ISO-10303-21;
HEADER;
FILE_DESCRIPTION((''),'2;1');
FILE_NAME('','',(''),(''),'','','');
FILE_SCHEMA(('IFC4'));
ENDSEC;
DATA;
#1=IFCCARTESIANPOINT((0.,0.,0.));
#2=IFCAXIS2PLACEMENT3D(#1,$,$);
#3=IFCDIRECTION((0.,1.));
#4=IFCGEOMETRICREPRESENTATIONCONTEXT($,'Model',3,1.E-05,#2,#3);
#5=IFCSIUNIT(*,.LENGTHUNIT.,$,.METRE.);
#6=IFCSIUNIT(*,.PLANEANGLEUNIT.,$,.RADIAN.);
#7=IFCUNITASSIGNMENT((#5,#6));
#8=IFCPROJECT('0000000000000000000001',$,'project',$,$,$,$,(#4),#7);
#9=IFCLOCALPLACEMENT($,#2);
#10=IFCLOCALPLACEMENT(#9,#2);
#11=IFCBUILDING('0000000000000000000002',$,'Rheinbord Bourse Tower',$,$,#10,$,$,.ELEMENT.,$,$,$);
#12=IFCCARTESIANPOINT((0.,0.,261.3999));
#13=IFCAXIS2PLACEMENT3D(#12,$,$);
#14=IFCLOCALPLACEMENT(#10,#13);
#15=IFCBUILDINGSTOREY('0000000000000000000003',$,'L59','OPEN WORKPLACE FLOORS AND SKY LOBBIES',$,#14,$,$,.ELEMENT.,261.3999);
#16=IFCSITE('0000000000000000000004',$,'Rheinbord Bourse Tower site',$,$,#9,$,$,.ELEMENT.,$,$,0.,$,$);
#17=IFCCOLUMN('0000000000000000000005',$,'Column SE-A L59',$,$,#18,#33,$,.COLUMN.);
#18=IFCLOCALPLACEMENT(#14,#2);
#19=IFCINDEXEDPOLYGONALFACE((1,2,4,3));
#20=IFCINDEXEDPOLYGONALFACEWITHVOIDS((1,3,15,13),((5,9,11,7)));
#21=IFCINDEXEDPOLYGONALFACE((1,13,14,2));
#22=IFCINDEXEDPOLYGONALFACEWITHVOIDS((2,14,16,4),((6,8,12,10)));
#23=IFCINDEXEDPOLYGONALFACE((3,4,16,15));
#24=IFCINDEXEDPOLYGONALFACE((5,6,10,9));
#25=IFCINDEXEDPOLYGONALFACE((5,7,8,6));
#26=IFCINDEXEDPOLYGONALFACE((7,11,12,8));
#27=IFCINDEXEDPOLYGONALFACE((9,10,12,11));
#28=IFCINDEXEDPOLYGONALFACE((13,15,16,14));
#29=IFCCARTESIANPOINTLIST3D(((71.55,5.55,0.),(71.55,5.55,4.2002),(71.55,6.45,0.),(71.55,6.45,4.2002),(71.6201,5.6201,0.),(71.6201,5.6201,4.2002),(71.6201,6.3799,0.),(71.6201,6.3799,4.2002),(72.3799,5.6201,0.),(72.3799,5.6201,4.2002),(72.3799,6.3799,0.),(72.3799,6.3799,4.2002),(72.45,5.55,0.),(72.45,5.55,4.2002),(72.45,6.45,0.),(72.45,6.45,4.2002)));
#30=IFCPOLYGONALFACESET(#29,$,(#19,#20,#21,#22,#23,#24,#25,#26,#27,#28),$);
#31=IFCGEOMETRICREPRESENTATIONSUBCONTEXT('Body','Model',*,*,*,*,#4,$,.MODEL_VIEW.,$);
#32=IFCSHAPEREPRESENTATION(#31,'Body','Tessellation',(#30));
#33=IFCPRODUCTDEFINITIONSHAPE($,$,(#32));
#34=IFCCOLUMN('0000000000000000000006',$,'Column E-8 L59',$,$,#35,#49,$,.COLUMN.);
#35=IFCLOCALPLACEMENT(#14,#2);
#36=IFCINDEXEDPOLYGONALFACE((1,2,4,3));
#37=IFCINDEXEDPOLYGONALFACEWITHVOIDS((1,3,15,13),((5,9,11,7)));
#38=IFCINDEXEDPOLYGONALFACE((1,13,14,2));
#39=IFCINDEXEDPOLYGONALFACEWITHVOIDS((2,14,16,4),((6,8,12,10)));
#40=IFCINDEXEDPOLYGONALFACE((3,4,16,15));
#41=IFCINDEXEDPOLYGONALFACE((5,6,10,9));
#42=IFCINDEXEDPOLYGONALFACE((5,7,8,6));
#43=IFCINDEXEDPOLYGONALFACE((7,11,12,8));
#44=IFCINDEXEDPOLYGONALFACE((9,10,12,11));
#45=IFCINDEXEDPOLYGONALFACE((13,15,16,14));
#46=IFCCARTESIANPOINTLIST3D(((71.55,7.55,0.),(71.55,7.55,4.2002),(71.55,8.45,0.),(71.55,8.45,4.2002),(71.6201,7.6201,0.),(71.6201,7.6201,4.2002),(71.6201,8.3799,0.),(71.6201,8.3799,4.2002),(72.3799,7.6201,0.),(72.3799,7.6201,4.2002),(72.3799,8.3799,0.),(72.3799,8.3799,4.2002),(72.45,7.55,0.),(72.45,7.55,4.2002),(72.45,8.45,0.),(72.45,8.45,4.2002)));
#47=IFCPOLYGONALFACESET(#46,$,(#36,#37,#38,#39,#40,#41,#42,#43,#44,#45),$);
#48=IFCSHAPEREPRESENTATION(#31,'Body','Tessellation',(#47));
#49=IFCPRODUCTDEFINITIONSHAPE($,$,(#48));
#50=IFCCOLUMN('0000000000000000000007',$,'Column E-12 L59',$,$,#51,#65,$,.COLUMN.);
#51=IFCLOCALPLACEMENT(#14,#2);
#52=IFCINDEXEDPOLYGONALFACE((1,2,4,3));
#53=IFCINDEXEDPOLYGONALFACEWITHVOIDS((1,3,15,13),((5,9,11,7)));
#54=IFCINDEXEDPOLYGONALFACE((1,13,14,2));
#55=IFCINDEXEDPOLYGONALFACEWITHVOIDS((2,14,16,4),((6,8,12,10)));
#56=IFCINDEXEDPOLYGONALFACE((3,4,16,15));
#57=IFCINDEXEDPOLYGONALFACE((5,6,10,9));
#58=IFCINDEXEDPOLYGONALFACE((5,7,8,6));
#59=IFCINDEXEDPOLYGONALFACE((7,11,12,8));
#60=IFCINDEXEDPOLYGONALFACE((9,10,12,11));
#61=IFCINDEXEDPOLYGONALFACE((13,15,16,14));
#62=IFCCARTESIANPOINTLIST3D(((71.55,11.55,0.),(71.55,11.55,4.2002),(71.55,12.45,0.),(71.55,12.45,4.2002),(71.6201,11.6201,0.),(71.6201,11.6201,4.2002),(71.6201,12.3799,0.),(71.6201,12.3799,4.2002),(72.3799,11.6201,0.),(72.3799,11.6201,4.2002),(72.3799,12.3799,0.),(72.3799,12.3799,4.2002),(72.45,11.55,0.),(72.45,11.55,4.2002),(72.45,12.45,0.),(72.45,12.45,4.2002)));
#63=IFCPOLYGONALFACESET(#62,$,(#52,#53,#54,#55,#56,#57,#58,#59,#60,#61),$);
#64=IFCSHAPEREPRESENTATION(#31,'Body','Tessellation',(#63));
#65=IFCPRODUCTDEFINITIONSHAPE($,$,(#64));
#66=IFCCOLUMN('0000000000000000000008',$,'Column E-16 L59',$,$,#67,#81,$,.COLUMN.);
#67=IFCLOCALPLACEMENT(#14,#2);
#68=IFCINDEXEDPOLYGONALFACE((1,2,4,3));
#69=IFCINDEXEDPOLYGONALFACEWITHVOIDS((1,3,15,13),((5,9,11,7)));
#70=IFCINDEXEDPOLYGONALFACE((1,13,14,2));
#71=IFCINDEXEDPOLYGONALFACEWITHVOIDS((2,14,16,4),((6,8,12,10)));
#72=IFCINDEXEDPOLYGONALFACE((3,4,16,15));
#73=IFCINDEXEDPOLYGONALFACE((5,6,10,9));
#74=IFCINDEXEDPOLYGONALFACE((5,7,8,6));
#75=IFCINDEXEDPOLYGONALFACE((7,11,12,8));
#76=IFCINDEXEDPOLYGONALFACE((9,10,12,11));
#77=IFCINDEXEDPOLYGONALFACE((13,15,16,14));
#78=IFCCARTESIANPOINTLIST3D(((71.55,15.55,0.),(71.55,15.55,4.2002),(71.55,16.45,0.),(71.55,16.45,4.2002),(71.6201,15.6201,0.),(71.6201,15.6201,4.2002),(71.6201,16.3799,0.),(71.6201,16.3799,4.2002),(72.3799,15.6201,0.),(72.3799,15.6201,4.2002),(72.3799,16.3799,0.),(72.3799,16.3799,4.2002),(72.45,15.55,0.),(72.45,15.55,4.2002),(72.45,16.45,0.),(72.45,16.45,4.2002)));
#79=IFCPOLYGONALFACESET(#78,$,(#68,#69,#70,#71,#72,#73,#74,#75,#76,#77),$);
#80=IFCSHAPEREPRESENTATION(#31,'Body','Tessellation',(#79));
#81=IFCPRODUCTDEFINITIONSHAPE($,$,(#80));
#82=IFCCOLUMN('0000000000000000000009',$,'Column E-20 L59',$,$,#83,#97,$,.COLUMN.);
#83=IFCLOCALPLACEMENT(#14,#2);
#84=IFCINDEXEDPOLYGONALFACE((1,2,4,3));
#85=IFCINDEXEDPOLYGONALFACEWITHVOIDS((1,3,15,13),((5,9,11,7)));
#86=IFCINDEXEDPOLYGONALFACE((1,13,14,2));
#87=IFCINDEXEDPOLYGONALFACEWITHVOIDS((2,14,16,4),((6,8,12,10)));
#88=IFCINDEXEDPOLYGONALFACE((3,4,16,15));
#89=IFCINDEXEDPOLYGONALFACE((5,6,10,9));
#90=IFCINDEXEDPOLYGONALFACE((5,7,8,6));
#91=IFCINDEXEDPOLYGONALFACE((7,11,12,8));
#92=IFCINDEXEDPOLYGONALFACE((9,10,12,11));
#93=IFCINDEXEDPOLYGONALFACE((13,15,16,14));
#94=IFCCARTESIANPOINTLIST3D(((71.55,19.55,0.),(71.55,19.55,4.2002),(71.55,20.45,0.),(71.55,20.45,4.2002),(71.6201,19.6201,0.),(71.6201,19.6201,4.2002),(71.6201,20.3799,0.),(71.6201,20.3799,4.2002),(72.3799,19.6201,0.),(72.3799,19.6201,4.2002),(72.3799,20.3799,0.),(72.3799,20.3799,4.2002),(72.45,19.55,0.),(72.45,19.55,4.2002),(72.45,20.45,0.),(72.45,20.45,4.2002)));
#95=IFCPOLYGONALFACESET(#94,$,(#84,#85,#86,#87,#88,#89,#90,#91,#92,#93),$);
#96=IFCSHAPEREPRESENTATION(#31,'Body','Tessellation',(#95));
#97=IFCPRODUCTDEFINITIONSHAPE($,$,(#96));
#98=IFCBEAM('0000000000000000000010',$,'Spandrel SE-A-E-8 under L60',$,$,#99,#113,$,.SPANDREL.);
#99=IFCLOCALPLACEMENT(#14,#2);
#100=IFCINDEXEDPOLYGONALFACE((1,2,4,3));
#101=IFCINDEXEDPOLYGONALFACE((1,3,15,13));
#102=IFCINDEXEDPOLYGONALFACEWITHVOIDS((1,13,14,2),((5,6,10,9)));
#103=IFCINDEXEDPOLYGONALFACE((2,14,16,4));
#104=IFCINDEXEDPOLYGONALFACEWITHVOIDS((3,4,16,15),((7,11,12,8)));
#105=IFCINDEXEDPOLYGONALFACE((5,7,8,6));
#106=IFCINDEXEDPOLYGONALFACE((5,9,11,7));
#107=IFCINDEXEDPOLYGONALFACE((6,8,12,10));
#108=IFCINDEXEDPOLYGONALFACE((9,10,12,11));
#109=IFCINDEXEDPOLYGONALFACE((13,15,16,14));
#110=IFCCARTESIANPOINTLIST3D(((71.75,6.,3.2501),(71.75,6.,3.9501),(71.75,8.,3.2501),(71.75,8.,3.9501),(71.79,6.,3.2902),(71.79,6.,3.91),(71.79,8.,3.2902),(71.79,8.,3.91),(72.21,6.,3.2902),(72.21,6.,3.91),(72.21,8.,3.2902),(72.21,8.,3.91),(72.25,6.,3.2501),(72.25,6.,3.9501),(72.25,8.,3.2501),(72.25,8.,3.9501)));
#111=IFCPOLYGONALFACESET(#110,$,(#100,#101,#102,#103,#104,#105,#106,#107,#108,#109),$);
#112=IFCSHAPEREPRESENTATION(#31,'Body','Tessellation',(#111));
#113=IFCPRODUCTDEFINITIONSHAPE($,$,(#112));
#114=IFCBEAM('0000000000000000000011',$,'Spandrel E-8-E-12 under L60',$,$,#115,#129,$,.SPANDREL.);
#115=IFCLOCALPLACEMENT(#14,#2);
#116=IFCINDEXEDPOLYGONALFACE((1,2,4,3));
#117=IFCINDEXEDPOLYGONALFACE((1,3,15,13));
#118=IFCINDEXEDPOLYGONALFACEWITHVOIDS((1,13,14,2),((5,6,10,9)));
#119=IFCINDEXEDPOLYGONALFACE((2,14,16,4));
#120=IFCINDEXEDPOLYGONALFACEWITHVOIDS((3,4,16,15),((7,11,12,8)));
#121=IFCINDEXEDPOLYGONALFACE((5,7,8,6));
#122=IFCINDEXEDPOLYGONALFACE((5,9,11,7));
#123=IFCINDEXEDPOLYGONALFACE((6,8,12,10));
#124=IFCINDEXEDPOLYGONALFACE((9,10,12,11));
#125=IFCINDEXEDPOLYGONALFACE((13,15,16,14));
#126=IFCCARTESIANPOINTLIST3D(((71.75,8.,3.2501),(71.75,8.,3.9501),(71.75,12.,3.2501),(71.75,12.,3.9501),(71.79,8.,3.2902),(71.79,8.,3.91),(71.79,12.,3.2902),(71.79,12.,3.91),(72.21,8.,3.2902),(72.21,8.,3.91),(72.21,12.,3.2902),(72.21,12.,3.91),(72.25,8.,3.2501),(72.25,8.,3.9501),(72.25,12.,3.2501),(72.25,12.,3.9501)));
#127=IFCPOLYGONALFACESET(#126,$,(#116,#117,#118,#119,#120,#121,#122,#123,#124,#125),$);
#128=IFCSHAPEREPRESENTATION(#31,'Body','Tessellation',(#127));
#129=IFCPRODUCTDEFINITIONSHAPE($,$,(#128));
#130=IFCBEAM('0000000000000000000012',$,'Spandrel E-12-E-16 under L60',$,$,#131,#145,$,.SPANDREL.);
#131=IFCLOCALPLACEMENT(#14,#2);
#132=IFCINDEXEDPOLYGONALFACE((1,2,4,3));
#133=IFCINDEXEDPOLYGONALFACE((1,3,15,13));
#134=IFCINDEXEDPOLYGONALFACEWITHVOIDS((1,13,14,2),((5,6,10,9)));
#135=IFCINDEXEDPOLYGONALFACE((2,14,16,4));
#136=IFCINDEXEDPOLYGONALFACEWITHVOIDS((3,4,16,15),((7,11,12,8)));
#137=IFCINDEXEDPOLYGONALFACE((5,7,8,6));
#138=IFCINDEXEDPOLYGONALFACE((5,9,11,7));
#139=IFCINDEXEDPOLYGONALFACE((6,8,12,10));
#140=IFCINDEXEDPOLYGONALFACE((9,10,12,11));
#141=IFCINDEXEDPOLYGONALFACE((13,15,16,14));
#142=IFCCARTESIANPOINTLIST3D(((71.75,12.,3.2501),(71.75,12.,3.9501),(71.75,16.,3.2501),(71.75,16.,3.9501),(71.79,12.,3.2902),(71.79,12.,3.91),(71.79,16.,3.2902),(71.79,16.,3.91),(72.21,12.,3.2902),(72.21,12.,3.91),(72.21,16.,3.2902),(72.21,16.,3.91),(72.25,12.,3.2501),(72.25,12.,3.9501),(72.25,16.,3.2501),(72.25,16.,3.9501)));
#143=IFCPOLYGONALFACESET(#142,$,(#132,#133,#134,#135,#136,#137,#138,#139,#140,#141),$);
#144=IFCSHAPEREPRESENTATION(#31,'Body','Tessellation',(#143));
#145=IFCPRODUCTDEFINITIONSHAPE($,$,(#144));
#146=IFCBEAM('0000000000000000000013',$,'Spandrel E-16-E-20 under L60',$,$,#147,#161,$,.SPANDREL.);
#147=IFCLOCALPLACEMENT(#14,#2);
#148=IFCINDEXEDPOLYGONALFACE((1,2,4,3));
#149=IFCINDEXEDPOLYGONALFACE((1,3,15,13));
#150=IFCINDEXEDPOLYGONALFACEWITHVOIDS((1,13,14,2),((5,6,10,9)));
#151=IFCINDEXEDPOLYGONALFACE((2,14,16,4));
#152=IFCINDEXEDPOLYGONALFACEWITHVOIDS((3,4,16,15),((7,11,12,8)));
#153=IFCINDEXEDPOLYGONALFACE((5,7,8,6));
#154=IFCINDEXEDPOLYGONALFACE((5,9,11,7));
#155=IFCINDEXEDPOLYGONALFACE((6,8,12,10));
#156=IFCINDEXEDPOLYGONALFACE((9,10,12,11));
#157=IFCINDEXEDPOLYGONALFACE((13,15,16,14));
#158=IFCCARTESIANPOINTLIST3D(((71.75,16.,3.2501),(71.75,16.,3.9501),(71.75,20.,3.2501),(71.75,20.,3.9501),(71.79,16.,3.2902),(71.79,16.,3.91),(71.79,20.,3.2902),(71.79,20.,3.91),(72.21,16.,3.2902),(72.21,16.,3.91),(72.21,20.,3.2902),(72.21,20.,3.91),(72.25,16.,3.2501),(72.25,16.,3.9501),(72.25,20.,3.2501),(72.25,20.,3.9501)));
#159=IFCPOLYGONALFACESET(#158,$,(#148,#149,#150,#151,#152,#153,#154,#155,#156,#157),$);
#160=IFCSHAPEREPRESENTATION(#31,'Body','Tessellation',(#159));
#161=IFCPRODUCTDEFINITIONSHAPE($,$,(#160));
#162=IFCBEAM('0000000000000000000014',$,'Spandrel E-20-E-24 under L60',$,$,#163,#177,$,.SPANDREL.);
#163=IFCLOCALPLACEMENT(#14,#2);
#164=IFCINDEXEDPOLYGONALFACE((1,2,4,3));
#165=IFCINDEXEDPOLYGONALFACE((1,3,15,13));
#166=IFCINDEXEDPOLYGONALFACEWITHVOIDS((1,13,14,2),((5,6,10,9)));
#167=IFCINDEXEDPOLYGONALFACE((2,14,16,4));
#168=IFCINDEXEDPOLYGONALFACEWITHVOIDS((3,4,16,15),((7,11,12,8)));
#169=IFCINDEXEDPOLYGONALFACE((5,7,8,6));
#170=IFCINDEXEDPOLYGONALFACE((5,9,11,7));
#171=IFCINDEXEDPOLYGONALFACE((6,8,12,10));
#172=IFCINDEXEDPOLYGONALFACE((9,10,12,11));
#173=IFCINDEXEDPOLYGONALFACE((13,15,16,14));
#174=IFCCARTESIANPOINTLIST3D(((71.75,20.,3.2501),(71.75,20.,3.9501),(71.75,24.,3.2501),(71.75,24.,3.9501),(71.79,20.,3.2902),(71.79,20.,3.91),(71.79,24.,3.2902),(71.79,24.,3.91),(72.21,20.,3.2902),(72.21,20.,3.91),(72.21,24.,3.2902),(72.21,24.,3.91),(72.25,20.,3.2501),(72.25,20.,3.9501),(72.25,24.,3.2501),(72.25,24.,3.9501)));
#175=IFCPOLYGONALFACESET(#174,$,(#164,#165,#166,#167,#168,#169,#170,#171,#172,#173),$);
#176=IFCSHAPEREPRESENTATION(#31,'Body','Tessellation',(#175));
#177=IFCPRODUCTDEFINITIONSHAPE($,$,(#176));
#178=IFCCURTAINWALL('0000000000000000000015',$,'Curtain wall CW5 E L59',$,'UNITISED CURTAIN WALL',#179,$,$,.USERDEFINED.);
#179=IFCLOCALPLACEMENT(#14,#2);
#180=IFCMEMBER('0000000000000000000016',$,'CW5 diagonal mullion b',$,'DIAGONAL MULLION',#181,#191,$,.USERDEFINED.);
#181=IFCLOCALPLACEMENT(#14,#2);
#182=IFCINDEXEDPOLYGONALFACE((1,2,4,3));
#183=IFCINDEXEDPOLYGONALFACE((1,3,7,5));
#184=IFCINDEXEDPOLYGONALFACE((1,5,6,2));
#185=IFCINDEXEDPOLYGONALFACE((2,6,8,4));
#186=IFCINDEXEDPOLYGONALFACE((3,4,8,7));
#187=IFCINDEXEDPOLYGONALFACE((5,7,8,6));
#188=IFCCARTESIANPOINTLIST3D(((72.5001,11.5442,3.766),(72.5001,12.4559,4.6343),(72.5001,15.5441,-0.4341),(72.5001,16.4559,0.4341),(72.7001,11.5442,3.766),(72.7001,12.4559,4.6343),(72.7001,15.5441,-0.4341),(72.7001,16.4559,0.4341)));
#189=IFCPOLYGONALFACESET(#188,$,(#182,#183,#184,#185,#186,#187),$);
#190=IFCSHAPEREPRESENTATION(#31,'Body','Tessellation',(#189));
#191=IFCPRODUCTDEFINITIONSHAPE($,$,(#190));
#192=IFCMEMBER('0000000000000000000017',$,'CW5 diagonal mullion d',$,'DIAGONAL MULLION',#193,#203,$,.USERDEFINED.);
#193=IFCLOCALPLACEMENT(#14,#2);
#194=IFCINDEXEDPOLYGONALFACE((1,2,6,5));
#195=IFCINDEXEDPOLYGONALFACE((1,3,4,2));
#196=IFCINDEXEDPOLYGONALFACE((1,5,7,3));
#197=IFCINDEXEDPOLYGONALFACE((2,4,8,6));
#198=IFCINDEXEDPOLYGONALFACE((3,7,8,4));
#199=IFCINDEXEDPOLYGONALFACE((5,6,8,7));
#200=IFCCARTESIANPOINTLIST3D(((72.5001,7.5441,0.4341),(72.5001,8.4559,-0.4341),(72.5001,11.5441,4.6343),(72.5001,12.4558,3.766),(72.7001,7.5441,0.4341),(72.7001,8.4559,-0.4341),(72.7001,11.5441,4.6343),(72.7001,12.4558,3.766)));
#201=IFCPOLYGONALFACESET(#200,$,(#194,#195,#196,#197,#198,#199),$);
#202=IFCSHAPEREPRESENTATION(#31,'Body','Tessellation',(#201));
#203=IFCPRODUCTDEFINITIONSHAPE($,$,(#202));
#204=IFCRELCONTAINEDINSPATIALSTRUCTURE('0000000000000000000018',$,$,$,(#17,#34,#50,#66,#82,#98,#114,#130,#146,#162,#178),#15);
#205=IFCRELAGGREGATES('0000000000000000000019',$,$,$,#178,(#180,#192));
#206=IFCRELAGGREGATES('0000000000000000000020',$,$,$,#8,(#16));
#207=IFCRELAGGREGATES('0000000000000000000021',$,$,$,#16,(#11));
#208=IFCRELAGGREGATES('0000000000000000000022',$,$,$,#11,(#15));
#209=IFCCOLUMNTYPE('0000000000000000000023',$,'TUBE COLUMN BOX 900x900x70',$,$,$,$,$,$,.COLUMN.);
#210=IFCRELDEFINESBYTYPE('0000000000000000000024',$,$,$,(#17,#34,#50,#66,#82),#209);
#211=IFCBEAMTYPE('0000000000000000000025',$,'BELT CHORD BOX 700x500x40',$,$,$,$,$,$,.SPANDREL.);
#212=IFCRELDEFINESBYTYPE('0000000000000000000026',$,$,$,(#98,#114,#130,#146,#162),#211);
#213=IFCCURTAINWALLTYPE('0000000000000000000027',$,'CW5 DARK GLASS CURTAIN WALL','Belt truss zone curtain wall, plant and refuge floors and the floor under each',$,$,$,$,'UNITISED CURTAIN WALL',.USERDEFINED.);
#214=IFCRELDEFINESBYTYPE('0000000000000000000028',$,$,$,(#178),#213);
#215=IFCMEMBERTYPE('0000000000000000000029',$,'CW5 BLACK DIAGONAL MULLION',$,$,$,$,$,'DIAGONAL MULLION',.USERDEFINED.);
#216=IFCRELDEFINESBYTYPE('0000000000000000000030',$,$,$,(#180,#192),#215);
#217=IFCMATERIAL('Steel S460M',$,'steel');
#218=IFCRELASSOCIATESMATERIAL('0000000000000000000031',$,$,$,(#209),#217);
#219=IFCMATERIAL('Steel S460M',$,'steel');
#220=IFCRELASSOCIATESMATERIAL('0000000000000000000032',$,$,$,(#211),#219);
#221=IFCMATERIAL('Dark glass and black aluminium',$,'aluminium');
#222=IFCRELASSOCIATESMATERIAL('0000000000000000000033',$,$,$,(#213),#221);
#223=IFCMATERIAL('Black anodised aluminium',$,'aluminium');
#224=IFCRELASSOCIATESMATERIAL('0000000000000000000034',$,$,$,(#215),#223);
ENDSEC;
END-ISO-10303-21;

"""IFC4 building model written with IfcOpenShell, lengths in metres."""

from ifc_helpers import new_model, si_unit, direction, frame, origin, origin_2d, place, context, subcontext, project, spatial, rectangle, hollow_rectangle, extrude, material, material_profile, profile_set, type_object, element, aggregate, save


model = new_model("IFC4")

# Units and contexts
model_context = context("Model", 3, precision=1e-05, world=origin(), true_north=direction((0.0, 1.0)))
body_context = subcontext(model_context, "Body", "Model", "MODEL_VIEW")
ifc_project = project(units=[si_unit("LENGTHUNIT", "METRE"), si_unit("PLANEANGLEUNIT", "RADIAN")], contexts=[model_context])

# Site, building, storey
site_placement = place(None, origin())
site = spatial("IfcSite", under=ifc_project, at=site_placement, Name="Rheinbord Bourse Tower site", CompositionType="ELEMENT", RefElevation=0.0)
building_placement = place(site_placement, origin())
building = spatial("IfcBuilding", under=site, at=building_placement, Name="Rheinbord Bourse Tower", CompositionType="ELEMENT")
storey_placement = place(building_placement, frame((0.0, 0.0, 261.3999)))
storey = spatial("IfcBuildingStorey", under=building, at=storey_placement, Name="L59", Description="OPEN WORKPLACE FLOORS AND SKY LOBBIES", CompositionType="ELEMENT", Elevation=261.3999)

# Columns
ifc_material_1 = material(Name="Steel S460M", Category="steel")
ifc_material_profile_1 = material_profile(ifc_material_1, hollow_rectangle(XDim=0.8999, YDim=0.8999, WallThickness=0.0701, at=origin_2d()), Name="BOX 900x900x70")
ifc_profile_set_1 = profile_set([ifc_material_profile_1], Name="Steel S460M")
column_type = type_object("IfcColumnType", Name="TUBE COLUMN BOX 900x900x70", PredefinedType="COLUMN", material=ifc_profile_set_1)
for number, where, z_axis, x_axis, name in (
    (1, (72.0, 6.0, 0.0), (0.0, 0.0, 1.0), (1.0, 0.0, 0.0), "Column SE-A L59"),
    (2, (72.0, 8.0, 0.0), (0.0, 0.0, 1.0), (1.0, 0.0, 0.0), "Column E-8 L59"),
    (3, (72.0, 12.0, 0.0), (0.0, 0.0, 1.0), (1.0, 0.0, 0.0), "Column E-12 L59"),
    (4, (72.0, 16.0, 0.0), (0.0, 0.0, 1.0), (1.0, 0.0, 0.0), "Column E-16 L59"),
    (5, (72.0, 20.0, 0.0), (0.0, 0.0, 1.0), (1.0, 0.0, 0.0), "Column E-20 L59"),
):
    element("IfcColumn", number, at=place(storey_placement, frame(where, z_axis=z_axis, x_axis=x_axis)), inside=storey, type_object=column_type, Name=name, PredefinedType="COLUMN", context=body_context, shape_type="SweptSolid", body=[
        extrude(hollow_rectangle(XDim=0.8999, YDim=0.8999, WallThickness=0.0701, at=origin_2d()), origin(), (0.0, 0.0, 1.0), 4.2002),
    ])

# Beams
ifc_material_2 = material(Name="Steel S460M", Category="steel")
ifc_material_profile_2 = material_profile(ifc_material_2, hollow_rectangle(XDim=0.5, YDim=0.7, WallThickness=0.04, at=origin_2d()), Name="BOX 700x500x40")
ifc_profile_set_2 = profile_set([ifc_material_profile_2], Name="Steel S460M")
beam_type_1 = type_object("IfcBeamType", Name="BELT CHORD BOX 700x500x40", PredefinedType="SPANDREL", material=ifc_profile_set_2)
beam_1_placement = place(storey_placement, frame((72.0, 6.0, 3.6001), z_axis=(0.0, 1.0, 0.0), x_axis=(-1.0, 0.0, 0.0)))
element("IfcBeam", 6, at=beam_1_placement, inside=storey, type_object=beam_type_1, Name="Spandrel SE-A-E-8 under L60", PredefinedType="SPANDREL", context=body_context, shape_type="SweptSolid", body=[
    extrude(hollow_rectangle(XDim=0.5, YDim=0.7, WallThickness=0.04, at=origin_2d()), origin(), (0.0, 0.0, 1.0), 2.0),
])
for number, where, z_axis, x_axis, name in (
    (7, (72.0, 8.0, 3.6001), (0.0, 1.0, 0.0), (-1.0, 0.0, 0.0), "Spandrel E-8-E-12 under L60"),
    (8, (72.0, 12.0, 3.6001), (0.0, 1.0, 0.0), (-1.0, 0.0, 0.0), "Spandrel E-12-E-16 under L60"),
    (9, (72.0, 16.0, 3.6001), (0.0, 1.0, 0.0), (-1.0, 0.0, 0.0), "Spandrel E-16-E-20 under L60"),
    (10, (72.0, 20.0, 3.6001), (0.0, 1.0, 0.0), (-1.0, 0.0, 0.0), "Spandrel E-20-E-24 under L60"),
):
    element("IfcBeam", number, at=place(storey_placement, frame(where, z_axis=z_axis, x_axis=x_axis)), inside=storey, type_object=beam_type_1, Name=name, PredefinedType="SPANDREL", context=body_context, shape_type="SweptSolid", body=[
        extrude(hollow_rectangle(XDim=0.5, YDim=0.7, WallThickness=0.04, at=origin_2d()), origin(), (0.0, 0.0, 1.0), 4.0),
    ])

# Curtain wall, members
ifc_material_3 = material(Name="Dark glass and black aluminium", Category="aluminium")
curtain_wall_type = type_object("IfcCurtainWallType", Name="CW5 DARK GLASS CURTAIN WALL", Description="Belt truss zone curtain wall, plant and refuge floors and the floor under each", ElementType="UNITISED CURTAIN WALL", PredefinedType="USERDEFINED", material=ifc_material_3)
curtain_wall_placement = place(storey_placement, origin())
curtain_wall = element("IfcCurtainWall", 11, at=curtain_wall_placement, inside=storey, type_object=curtain_wall_type, Name="Curtain wall CW5 E L59", ObjectType="UNITISED CURTAIN WALL", PredefinedType="USERDEFINED")
ifc_material_4 = material(Name="Black anodised aluminium", Category="aluminium")
ifc_material_profile_3 = material_profile(ifc_material_4, rectangle(XDim=0.2, YDim=1.259, at=origin_2d()), Name="CW5 DIAGONAL MULLION 1259x200")
ifc_profile_set_3 = profile_set([ifc_material_profile_3], Name="Black anodised aluminium")
member_type_1 = type_object("IfcMemberType", Name="CW5 BLACK DIAGONAL MULLION", ElementType="DIAGONAL MULLION", PredefinedType="USERDEFINED", material=ifc_profile_set_3)
member_1_placement = place(storey_placement, frame((72.6001, 16.0, 0.0), z_axis=(0.0, -0.689638, 0.724154), x_axis=(1.0, 0.0, 0.0)))
member_1 = element("IfcMember", 12, at=member_1_placement, type_object=member_type_1, Name="CW5 diagonal mullion b", ObjectType="DIAGONAL MULLION", PredefinedType="USERDEFINED", context=body_context, shape_type="SweptSolid", body=[
    extrude(rectangle(XDim=0.2, YDim=1.259, at=origin_2d()), origin(), (0.0, 0.0, 1.0), 5.8),
])
member_2_placement = place(storey_placement, frame((72.6001, 8.0, 0.0), z_axis=(0.0, 0.689638, 0.724154), x_axis=(-1.0, 0.0, 0.0)))
member_2 = element("IfcMember", 13, at=member_2_placement, type_object=member_type_1, Name="CW5 diagonal mullion d", ObjectType="DIAGONAL MULLION", PredefinedType="USERDEFINED", context=body_context, shape_type="SweptSolid", body=[
    extrude(rectangle(XDim=0.2, YDim=1.259, at=origin_2d()), origin(), (0.0, 0.0, 1.0), 5.8),
])

aggregate(curtain_wall, [member_1, member_2])

save(model, "model.ifc")
